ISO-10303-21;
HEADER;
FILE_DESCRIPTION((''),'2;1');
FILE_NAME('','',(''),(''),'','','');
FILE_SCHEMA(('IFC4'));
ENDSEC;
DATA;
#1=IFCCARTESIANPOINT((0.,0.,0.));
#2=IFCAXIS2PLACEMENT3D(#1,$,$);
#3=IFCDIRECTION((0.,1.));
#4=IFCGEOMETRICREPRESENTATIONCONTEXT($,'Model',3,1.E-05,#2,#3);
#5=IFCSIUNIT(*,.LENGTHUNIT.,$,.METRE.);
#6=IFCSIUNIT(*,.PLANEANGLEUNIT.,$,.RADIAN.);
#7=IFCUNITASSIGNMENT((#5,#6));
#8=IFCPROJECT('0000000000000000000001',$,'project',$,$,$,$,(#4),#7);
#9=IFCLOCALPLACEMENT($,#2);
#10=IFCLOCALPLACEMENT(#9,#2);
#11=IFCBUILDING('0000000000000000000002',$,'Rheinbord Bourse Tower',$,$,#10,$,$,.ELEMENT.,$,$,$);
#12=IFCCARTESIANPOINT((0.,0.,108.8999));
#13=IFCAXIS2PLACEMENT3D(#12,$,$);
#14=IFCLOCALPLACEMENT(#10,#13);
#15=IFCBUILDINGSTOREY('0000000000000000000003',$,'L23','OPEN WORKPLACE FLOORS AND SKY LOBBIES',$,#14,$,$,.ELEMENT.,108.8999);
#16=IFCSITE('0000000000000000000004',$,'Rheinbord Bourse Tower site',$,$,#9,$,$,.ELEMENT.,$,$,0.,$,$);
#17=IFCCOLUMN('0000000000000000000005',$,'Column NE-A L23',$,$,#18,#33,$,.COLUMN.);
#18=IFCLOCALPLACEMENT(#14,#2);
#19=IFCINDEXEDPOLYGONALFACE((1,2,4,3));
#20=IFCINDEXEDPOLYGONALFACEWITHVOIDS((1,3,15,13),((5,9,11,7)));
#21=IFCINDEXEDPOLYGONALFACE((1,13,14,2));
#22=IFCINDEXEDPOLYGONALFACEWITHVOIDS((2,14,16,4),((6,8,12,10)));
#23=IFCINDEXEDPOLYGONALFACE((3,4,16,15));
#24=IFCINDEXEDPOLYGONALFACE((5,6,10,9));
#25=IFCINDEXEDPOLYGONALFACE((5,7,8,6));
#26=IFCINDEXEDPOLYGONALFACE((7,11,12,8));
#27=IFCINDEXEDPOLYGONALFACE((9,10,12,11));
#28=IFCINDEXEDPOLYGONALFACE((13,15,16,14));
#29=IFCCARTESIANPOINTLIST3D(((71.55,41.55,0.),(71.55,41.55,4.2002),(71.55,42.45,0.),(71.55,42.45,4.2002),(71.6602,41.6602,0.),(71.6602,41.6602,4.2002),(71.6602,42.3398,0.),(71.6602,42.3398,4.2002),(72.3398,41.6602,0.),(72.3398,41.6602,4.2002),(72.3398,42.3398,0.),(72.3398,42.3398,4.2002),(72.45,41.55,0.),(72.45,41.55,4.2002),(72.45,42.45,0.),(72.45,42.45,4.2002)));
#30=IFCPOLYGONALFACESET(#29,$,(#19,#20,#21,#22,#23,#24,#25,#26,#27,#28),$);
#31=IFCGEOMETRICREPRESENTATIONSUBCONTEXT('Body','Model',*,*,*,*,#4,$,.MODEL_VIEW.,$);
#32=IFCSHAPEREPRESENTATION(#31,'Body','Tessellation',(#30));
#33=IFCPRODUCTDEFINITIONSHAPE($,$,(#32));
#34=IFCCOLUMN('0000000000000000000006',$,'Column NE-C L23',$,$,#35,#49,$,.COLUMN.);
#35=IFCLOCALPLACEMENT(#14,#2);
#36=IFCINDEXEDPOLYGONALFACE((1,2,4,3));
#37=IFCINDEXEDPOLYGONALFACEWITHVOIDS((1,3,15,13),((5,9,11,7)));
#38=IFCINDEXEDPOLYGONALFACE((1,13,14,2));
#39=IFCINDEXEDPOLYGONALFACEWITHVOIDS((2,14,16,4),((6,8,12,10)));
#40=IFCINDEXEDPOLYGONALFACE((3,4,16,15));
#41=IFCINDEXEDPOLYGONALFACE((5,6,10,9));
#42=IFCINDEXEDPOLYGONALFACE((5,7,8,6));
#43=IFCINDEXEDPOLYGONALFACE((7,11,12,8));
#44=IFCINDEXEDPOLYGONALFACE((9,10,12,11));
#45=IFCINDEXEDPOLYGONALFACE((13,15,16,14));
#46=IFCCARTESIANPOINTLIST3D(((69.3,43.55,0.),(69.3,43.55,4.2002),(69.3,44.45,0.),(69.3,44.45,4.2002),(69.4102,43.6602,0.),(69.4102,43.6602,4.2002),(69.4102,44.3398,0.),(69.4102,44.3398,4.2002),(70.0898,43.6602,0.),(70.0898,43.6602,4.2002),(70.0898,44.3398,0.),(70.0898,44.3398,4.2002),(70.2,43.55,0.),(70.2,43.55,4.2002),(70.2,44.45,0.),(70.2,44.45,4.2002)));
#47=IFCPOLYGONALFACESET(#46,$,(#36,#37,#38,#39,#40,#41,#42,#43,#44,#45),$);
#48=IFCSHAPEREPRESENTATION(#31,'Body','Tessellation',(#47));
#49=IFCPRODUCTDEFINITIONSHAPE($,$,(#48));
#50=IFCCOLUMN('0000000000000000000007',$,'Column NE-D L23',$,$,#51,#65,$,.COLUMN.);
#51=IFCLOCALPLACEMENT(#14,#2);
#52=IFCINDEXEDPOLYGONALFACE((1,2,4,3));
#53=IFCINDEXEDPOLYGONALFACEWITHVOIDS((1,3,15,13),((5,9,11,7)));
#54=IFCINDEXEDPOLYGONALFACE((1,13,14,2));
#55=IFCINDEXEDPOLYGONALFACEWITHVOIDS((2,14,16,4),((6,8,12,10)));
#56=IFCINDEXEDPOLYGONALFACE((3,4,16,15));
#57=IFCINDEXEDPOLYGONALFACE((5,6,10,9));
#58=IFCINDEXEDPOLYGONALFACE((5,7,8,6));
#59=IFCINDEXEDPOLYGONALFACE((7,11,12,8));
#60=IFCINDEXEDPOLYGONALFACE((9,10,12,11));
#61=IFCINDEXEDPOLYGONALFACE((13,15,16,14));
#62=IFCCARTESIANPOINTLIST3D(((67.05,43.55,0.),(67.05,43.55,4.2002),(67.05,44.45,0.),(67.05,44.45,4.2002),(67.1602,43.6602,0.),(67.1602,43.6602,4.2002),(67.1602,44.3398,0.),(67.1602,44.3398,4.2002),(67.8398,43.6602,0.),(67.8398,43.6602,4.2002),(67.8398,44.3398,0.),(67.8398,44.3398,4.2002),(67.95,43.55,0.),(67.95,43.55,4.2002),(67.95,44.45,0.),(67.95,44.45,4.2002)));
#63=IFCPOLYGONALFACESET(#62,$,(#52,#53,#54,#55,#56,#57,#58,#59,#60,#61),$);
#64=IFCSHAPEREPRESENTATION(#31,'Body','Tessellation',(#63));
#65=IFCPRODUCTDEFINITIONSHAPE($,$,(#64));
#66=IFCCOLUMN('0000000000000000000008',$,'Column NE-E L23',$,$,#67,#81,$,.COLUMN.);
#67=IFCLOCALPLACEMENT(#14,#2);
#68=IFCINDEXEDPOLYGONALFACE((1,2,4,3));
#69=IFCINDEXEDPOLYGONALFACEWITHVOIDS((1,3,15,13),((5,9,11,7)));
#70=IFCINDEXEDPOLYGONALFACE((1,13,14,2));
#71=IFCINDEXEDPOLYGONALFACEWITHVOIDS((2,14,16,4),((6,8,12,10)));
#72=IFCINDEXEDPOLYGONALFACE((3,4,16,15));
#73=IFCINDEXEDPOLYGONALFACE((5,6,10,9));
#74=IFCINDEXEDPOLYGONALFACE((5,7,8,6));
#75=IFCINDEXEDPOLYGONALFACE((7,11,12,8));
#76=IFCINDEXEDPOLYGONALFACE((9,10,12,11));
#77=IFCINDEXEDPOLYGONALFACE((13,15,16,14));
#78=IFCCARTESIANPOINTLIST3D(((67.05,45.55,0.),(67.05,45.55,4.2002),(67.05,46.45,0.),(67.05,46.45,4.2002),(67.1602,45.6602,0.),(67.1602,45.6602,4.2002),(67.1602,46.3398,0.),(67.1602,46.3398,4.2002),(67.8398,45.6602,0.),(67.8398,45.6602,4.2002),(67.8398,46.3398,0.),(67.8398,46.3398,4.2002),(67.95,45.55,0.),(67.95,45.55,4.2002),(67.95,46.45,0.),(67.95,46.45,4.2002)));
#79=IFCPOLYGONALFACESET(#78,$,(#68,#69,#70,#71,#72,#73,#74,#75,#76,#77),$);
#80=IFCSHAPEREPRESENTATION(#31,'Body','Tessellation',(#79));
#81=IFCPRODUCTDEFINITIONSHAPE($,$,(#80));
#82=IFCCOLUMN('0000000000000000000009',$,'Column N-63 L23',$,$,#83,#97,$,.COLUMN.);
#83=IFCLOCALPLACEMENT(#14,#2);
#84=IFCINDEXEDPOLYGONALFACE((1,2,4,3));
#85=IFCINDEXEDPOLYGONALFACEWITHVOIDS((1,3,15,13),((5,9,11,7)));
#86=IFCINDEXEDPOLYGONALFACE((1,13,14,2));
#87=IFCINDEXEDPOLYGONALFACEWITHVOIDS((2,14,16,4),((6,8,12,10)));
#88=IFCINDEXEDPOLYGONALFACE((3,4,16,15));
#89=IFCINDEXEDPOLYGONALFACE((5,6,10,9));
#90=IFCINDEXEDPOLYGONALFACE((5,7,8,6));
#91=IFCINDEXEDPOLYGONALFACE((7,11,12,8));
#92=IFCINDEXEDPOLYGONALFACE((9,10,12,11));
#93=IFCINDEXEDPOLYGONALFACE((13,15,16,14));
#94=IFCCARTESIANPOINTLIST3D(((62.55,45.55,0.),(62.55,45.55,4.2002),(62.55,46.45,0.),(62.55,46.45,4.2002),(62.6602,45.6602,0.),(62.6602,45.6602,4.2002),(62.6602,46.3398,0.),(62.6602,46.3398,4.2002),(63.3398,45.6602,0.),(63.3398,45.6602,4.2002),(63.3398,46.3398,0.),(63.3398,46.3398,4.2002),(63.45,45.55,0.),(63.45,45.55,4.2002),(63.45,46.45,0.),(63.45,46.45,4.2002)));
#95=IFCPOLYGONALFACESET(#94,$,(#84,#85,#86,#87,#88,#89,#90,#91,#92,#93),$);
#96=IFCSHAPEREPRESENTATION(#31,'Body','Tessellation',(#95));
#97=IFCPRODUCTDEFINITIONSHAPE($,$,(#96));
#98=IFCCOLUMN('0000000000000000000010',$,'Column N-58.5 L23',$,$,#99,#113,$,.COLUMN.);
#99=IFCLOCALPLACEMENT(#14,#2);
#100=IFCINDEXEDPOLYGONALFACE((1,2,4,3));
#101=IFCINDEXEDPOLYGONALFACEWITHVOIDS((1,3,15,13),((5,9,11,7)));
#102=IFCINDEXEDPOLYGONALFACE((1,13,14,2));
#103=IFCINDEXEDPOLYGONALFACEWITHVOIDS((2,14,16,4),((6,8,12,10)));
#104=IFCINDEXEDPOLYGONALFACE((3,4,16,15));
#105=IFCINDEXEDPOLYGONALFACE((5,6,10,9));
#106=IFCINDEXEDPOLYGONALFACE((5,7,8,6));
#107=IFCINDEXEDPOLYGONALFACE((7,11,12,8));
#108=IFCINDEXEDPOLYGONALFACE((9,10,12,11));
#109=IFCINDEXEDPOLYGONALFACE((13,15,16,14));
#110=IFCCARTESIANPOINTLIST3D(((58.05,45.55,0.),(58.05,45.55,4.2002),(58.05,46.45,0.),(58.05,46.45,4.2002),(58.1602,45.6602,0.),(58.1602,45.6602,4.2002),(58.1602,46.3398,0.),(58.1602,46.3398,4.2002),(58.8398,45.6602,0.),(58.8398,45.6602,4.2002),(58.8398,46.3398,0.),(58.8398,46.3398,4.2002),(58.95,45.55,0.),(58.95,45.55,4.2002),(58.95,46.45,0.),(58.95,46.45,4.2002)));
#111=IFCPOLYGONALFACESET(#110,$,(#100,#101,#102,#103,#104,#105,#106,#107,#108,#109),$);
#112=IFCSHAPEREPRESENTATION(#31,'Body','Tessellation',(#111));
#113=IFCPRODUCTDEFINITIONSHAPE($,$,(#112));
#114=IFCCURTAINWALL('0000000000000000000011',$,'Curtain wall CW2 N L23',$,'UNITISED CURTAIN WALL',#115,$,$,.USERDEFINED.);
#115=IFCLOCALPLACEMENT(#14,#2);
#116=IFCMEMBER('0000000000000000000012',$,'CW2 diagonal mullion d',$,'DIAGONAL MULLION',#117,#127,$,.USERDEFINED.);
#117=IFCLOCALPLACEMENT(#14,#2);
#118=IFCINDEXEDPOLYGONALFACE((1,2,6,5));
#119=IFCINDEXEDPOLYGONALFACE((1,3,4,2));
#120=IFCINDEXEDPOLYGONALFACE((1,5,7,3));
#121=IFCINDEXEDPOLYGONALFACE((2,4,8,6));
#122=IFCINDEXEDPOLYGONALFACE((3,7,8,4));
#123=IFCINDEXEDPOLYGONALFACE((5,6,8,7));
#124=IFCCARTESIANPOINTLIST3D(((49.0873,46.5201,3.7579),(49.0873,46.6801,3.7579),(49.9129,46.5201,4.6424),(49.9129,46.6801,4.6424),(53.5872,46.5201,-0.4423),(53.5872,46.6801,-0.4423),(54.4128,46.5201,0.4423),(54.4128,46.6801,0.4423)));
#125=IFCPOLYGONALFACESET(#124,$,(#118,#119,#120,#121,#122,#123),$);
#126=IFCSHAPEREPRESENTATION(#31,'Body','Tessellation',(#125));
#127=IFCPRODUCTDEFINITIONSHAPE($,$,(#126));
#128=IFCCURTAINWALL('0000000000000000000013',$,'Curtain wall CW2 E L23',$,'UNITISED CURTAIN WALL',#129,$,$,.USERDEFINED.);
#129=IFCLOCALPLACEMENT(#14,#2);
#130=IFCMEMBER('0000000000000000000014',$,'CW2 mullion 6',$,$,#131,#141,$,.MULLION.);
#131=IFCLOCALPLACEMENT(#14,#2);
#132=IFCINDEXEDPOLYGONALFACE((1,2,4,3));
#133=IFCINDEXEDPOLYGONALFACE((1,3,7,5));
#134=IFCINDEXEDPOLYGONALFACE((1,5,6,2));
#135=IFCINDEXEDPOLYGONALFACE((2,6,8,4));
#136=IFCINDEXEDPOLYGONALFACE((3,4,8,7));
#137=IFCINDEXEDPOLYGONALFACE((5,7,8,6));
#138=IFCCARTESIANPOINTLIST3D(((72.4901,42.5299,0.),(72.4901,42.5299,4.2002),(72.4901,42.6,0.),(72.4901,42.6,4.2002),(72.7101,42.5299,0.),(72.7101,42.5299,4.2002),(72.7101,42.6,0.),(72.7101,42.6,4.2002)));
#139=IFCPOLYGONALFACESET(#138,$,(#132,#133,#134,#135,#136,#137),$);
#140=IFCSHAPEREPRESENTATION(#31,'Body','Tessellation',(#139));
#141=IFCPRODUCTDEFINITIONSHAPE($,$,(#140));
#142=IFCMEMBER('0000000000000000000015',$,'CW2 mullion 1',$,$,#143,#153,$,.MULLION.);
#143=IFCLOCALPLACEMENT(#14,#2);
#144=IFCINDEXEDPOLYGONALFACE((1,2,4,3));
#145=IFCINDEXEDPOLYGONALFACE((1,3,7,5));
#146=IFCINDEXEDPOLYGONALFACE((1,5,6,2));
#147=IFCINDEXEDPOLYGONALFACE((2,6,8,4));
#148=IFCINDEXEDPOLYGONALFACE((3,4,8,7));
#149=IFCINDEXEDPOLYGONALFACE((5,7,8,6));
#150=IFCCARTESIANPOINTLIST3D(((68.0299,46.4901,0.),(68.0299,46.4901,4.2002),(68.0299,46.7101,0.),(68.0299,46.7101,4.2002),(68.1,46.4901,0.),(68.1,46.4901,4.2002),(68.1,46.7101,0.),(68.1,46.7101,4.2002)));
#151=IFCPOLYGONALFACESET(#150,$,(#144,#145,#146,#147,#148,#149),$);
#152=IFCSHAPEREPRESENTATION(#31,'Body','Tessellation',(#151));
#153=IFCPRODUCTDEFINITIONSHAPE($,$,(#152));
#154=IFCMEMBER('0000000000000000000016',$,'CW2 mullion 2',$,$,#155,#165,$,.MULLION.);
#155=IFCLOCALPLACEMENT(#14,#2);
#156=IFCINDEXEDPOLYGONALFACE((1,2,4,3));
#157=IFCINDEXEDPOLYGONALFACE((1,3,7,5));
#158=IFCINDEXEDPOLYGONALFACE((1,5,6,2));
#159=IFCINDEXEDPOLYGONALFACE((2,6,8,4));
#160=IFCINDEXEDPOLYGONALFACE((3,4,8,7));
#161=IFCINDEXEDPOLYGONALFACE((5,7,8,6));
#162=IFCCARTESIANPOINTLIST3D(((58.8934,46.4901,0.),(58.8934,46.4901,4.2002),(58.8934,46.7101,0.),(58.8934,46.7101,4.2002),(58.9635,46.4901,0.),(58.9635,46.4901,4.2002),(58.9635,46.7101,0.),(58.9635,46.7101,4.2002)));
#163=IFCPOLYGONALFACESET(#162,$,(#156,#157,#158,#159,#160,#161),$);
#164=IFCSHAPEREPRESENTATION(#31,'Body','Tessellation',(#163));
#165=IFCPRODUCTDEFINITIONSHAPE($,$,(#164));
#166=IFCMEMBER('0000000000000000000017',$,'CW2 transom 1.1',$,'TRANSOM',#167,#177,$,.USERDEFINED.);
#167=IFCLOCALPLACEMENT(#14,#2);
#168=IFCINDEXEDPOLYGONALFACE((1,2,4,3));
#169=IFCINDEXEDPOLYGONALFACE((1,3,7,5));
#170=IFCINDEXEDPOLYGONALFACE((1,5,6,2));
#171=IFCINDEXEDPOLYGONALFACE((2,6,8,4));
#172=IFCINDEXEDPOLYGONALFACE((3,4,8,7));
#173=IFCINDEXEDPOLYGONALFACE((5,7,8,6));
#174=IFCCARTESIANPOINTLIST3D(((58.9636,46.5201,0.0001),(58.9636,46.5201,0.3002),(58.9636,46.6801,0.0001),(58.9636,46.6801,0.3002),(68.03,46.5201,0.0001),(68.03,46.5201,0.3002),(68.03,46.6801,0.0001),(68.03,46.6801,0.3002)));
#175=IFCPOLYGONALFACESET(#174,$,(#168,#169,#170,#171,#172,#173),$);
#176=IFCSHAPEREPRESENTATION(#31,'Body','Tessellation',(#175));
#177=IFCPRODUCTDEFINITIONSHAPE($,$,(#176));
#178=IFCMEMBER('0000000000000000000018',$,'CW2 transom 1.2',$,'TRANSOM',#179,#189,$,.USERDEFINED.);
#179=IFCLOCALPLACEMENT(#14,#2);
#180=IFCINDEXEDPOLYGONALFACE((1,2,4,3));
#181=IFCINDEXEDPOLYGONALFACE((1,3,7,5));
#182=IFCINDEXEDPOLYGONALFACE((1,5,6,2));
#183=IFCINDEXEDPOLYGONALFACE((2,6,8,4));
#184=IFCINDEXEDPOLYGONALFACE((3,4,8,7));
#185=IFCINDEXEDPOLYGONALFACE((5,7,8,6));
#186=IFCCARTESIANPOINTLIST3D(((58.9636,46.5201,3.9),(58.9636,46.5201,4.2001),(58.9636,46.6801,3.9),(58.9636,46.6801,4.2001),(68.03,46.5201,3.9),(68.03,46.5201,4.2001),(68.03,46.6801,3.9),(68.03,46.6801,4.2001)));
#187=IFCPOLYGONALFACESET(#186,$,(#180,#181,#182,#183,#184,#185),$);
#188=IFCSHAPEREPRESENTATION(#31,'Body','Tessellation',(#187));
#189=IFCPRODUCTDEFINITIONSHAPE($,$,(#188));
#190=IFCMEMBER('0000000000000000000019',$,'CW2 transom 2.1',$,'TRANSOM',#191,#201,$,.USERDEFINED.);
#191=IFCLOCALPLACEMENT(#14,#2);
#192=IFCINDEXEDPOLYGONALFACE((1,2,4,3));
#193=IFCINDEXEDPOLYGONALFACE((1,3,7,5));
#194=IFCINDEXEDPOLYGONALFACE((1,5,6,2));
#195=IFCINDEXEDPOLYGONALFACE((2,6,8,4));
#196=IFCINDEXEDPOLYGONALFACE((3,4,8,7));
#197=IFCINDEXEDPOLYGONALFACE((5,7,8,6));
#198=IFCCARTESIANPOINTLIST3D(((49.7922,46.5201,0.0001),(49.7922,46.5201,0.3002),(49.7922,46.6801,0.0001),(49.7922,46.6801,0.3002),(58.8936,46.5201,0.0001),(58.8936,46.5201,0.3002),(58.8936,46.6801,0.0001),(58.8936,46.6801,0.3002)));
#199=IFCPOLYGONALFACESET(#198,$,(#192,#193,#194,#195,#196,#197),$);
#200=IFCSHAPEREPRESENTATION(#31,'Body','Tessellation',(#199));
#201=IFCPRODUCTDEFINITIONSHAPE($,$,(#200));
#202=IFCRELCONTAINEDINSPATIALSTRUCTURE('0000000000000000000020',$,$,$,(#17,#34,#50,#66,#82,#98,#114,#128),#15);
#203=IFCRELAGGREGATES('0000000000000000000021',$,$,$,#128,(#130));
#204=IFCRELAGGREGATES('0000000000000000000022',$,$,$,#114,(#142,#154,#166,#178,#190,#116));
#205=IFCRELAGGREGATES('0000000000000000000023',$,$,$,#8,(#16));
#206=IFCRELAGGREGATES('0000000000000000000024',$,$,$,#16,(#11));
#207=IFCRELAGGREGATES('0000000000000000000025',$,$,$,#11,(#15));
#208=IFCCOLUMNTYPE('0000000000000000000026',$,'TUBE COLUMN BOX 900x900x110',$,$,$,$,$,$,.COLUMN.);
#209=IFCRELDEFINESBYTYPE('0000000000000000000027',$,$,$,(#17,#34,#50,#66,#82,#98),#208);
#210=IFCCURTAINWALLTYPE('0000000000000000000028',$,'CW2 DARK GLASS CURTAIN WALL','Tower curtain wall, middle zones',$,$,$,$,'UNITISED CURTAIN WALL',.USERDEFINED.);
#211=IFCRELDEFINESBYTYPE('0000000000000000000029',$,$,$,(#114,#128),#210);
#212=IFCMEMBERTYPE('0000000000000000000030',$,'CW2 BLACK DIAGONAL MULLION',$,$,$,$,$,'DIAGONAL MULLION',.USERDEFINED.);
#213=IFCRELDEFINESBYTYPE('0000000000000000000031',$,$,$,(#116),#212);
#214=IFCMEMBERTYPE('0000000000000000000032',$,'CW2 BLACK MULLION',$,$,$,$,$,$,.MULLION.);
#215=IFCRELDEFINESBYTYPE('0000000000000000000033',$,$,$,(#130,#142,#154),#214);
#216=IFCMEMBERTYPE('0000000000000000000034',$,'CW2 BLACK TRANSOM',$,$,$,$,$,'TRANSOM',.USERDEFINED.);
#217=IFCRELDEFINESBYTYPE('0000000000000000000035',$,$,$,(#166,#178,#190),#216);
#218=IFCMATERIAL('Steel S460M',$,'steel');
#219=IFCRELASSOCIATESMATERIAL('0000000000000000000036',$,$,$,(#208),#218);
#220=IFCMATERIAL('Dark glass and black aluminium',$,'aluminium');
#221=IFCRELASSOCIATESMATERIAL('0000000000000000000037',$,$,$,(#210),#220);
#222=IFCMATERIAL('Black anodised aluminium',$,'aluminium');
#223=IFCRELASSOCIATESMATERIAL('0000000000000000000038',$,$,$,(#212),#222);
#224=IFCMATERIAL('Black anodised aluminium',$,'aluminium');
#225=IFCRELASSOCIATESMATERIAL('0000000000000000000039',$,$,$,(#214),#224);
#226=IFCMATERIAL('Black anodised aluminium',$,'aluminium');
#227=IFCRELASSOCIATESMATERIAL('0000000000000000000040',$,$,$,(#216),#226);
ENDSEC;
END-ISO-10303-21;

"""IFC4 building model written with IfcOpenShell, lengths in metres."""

from ifc_helpers import new_model, si_unit, direction, frame, origin, origin_2d, place, context, subcontext, project, spatial, rectangle, hollow_rectangle, extrude, material, material_profile, profile_set, type_object, element, aggregate, save


model = new_model("IFC4")

# Units and contexts
model_context = context("Model", 3, precision=1e-05, world=origin(), true_north=direction((0.0, 1.0)))
body_context = subcontext(model_context, "Body", "Model", "MODEL_VIEW")
ifc_project = project(units=[si_unit("LENGTHUNIT", "METRE"), si_unit("PLANEANGLEUNIT", "RADIAN")], contexts=[model_context])

# Site, building, storey
site_placement = place(None, origin())
site = spatial("IfcSite", under=ifc_project, at=site_placement, Name="Rheinbord Bourse Tower site", CompositionType="ELEMENT", RefElevation=0.0)
building_placement = place(site_placement, origin())
building = spatial("IfcBuilding", under=site, at=building_placement, Name="Rheinbord Bourse Tower", CompositionType="ELEMENT")
storey_placement = place(building_placement, frame((0.0, 0.0, 108.8999)))
storey = spatial("IfcBuildingStorey", under=building, at=storey_placement, Name="L23", Description="OPEN WORKPLACE FLOORS AND SKY LOBBIES", CompositionType="ELEMENT", Elevation=108.8999)

# Columns
ifc_material_1 = material(Name="Steel S460M", Category="steel")
ifc_material_profile_1 = material_profile(ifc_material_1, hollow_rectangle(XDim=0.8999, YDim=0.8999, WallThickness=0.1101, at=origin_2d()), Name="BOX 900x900x110")
ifc_profile_set_1 = profile_set([ifc_material_profile_1], Name="Steel S460M")
column_type = type_object("IfcColumnType", Name="TUBE COLUMN BOX 900x900x110", PredefinedType="COLUMN", material=ifc_profile_set_1)
for number, where, z_axis, x_axis, name in (
    (1, (72.0, 42.0, 0.0), (0.0, 0.0, 1.0), (1.0, 0.0, 0.0), "Column NE-A L23"),
    (2, (69.75, 44.0, 0.0), (0.0, 0.0, 1.0), (1.0, 0.0, 0.0), "Column NE-C L23"),
    (3, (67.5, 44.0, 0.0), (0.0, 0.0, 1.0), (0.0, 1.0, 0.0), "Column NE-D L23"),
    (4, (67.5, 46.0, 0.0), (0.0, 0.0, 1.0), (0.0, 1.0, 0.0), "Column NE-E L23"),
    (5, (63.0, 46.0, 0.0), (0.0, 0.0, 1.0), (0.0, 1.0, 0.0), "Column N-63 L23"),
    (6, (58.5, 46.0, 0.0), (0.0, 0.0, 1.0), (0.0, 1.0, 0.0), "Column N-58.5 L23"),
):
    element("IfcColumn", number, at=place(storey_placement, frame(where, z_axis=z_axis, x_axis=x_axis)), inside=storey, type_object=column_type, Name=name, PredefinedType="COLUMN", context=body_context, shape_type="SweptSolid", body=[
        extrude(hollow_rectangle(XDim=0.8999, YDim=0.8999, WallThickness=0.1101, at=origin_2d()), origin(), (0.0, 0.0, 1.0), 4.2002),
    ])

# Curtain walls, members
ifc_material_2 = material(Name="Dark glass and black aluminium", Category="aluminium")
curtain_wall_type = type_object("IfcCurtainWallType", Name="CW2 DARK GLASS CURTAIN WALL", Description="Tower curtain wall, middle zones", ElementType="UNITISED CURTAIN WALL", PredefinedType="USERDEFINED", material=ifc_material_2)
curtain_wall_1_placement = place(storey_placement, origin())
curtain_wall_1 = element("IfcCurtainWall", 7, at=curtain_wall_1_placement, inside=storey, type_object=curtain_wall_type, Name="Curtain wall CW2 N L23", ObjectType="UNITISED CURTAIN WALL", PredefinedType="USERDEFINED")
ifc_material_3 = material(Name="Black anodised aluminium", Category="aluminium")
ifc_material_profile_2 = material_profile(ifc_material_3, rectangle(XDim=0.1599, YDim=1.21, at=origin_2d()), Name="CW2 DIAGONAL MULLION 1210x160")
ifc_profile_set_2 = profile_set([ifc_material_profile_2], Name="Black anodised aluminium")
member_type_1 = type_object("IfcMemberType", Name="CW2 BLACK DIAGONAL MULLION", ElementType="DIAGONAL MULLION", PredefinedType="USERDEFINED", material=ifc_profile_set_2)
member_1_placement = place(storey_placement, frame((54.0, 46.6001, 0.0), z_axis=(-0.731039, 0.0, 0.682335), x_axis=(0.0, -1.0, 0.0)))
member_1 = element("IfcMember", 8, at=member_1_placement, type_object=member_type_1, Name="CW2 diagonal mullion d", ObjectType="DIAGONAL MULLION", PredefinedType="USERDEFINED", context=body_context, shape_type="SweptSolid", body=[
    extrude(rectangle(XDim=0.1599, YDim=1.21, at=origin_2d()), origin(), (0.0, 0.0, 1.0), 6.1555),
])
curtain_wall_2_placement = place(storey_placement, origin())
curtain_wall_2 = element("IfcCurtainWall", 9, at=curtain_wall_2_placement, inside=storey, type_object=curtain_wall_type, Name="Curtain wall CW2 E L23", ObjectType="UNITISED CURTAIN WALL", PredefinedType="USERDEFINED")
ifc_material_4 = material(Name="Black anodised aluminium", Category="aluminium")
ifc_material_profile_3 = material_profile(ifc_material_4, rectangle(XDim=0.22, YDim=0.0701, at=origin_2d()), Name="CW2 MULLION 70x220")
ifc_profile_set_3 = profile_set([ifc_material_profile_3], Name="Black anodised aluminium")
member_type_2 = type_object("IfcMemberType", Name="CW2 BLACK MULLION", PredefinedType="MULLION", material=ifc_profile_set_3)
member_2_placement = place(storey_placement, frame((72.6001, 42.5649, 0.0), z_axis=(0.0, 0.0, 1.0), x_axis=(-1.0, 0.0, 0.0)))
member_2 = element("IfcMember", 10, at=member_2_placement, type_object=member_type_2, Name="CW2 mullion 6", PredefinedType="MULLION", context=body_context, shape_type="SweptSolid", body=[
    extrude(rectangle(XDim=0.22, YDim=0.0701, at=origin_2d()), origin(), (0.0, 0.0, 1.0), 4.2002),
])
aggregate(curtain_wall_2, [member_2])

# Members
member_3_placement = place(storey_placement, frame((68.0649, 46.6001, 0.0), z_axis=(0.0, 0.0, 1.0), x_axis=(0.0, -1.0, 0.0)))
member_3 = element("IfcMember", 11, at=member_3_placement, type_object=member_type_2, Name="CW2 mullion 1", PredefinedType="MULLION", context=body_context, shape_type="SweptSolid", body=[
    extrude(rectangle(XDim=0.22, YDim=0.0701, at=origin_2d()), origin(), (0.0, 0.0, 1.0), 4.2002),
])
member_4_placement = place(storey_placement, frame((58.9285, 46.6001, 0.0), z_axis=(0.0, 0.0, 1.0), x_axis=(0.0, -1.0, 0.0)))
member_4 = element("IfcMember", 12, at=member_4_placement, type_object=member_type_2, Name="CW2 mullion 2", PredefinedType="MULLION", context=body_context, shape_type="SweptSolid", body=[
    extrude(rectangle(XDim=0.22, YDim=0.0701, at=origin_2d()), origin(), (0.0, 0.0, 1.0), 4.2002),
])
ifc_material_5 = material(Name="Black anodised aluminium", Category="aluminium")
ifc_material_profile_4 = material_profile(ifc_material_5, rectangle(XDim=0.1599, YDim=0.3, at=origin_2d()), Name="CW2 TRANSOM 300x160")
ifc_profile_set_4 = profile_set([ifc_material_profile_4], Name="Black anodised aluminium")
member_type_3 = type_object("IfcMemberType", Name="CW2 BLACK TRANSOM", ElementType="TRANSOM", PredefinedType="USERDEFINED", material=ifc_profile_set_4)
member_5_placement = place(storey_placement, frame((68.03, 46.6001, 0.1501), z_axis=(-1.0, 0.0, 0.0), x_axis=(0.0, -1.0, 0.0)))
member_5 = element("IfcMember", 13, at=member_5_placement, type_object=member_type_3, Name="CW2 transom 1.1", ObjectType="TRANSOM", PredefinedType="USERDEFINED", context=body_context, shape_type="SweptSolid", body=[
    extrude(rectangle(XDim=0.1599, YDim=0.3, at=origin_2d()), origin(), (0.0, 0.0, 1.0), 9.0664),
])
member_6_placement = place(storey_placement, frame((68.03, 46.6001, 4.05), z_axis=(-1.0, 0.0, 0.0), x_axis=(0.0, -1.0, 0.0)))
member_6 = element("IfcMember", 14, at=member_6_placement, type_object=member_type_3, Name="CW2 transom 1.2", ObjectType="TRANSOM", PredefinedType="USERDEFINED", context=body_context, shape_type="SweptSolid", body=[
    extrude(rectangle(XDim=0.1599, YDim=0.3, at=origin_2d()), origin(), (0.0, 0.0, 1.0), 9.0664),
])
member_7_placement = place(storey_placement, frame((58.8936, 46.6001, 0.1501), z_axis=(-1.0, 0.0, 0.0), x_axis=(0.0, -1.0, 0.0)))
member_7 = element("IfcMember", 15, at=member_7_placement, type_object=member_type_3, Name="CW2 transom 2.1", ObjectType="TRANSOM", PredefinedType="USERDEFINED", context=body_context, shape_type="SweptSolid", body=[
    extrude(rectangle(XDim=0.1599, YDim=0.3, at=origin_2d()), origin(), (0.0, 0.0, 1.0), 9.1013),
])

aggregate(curtain_wall_1, [member_3, member_4, member_5, member_6, member_7, member_1])

save(model, "model.ifc")
